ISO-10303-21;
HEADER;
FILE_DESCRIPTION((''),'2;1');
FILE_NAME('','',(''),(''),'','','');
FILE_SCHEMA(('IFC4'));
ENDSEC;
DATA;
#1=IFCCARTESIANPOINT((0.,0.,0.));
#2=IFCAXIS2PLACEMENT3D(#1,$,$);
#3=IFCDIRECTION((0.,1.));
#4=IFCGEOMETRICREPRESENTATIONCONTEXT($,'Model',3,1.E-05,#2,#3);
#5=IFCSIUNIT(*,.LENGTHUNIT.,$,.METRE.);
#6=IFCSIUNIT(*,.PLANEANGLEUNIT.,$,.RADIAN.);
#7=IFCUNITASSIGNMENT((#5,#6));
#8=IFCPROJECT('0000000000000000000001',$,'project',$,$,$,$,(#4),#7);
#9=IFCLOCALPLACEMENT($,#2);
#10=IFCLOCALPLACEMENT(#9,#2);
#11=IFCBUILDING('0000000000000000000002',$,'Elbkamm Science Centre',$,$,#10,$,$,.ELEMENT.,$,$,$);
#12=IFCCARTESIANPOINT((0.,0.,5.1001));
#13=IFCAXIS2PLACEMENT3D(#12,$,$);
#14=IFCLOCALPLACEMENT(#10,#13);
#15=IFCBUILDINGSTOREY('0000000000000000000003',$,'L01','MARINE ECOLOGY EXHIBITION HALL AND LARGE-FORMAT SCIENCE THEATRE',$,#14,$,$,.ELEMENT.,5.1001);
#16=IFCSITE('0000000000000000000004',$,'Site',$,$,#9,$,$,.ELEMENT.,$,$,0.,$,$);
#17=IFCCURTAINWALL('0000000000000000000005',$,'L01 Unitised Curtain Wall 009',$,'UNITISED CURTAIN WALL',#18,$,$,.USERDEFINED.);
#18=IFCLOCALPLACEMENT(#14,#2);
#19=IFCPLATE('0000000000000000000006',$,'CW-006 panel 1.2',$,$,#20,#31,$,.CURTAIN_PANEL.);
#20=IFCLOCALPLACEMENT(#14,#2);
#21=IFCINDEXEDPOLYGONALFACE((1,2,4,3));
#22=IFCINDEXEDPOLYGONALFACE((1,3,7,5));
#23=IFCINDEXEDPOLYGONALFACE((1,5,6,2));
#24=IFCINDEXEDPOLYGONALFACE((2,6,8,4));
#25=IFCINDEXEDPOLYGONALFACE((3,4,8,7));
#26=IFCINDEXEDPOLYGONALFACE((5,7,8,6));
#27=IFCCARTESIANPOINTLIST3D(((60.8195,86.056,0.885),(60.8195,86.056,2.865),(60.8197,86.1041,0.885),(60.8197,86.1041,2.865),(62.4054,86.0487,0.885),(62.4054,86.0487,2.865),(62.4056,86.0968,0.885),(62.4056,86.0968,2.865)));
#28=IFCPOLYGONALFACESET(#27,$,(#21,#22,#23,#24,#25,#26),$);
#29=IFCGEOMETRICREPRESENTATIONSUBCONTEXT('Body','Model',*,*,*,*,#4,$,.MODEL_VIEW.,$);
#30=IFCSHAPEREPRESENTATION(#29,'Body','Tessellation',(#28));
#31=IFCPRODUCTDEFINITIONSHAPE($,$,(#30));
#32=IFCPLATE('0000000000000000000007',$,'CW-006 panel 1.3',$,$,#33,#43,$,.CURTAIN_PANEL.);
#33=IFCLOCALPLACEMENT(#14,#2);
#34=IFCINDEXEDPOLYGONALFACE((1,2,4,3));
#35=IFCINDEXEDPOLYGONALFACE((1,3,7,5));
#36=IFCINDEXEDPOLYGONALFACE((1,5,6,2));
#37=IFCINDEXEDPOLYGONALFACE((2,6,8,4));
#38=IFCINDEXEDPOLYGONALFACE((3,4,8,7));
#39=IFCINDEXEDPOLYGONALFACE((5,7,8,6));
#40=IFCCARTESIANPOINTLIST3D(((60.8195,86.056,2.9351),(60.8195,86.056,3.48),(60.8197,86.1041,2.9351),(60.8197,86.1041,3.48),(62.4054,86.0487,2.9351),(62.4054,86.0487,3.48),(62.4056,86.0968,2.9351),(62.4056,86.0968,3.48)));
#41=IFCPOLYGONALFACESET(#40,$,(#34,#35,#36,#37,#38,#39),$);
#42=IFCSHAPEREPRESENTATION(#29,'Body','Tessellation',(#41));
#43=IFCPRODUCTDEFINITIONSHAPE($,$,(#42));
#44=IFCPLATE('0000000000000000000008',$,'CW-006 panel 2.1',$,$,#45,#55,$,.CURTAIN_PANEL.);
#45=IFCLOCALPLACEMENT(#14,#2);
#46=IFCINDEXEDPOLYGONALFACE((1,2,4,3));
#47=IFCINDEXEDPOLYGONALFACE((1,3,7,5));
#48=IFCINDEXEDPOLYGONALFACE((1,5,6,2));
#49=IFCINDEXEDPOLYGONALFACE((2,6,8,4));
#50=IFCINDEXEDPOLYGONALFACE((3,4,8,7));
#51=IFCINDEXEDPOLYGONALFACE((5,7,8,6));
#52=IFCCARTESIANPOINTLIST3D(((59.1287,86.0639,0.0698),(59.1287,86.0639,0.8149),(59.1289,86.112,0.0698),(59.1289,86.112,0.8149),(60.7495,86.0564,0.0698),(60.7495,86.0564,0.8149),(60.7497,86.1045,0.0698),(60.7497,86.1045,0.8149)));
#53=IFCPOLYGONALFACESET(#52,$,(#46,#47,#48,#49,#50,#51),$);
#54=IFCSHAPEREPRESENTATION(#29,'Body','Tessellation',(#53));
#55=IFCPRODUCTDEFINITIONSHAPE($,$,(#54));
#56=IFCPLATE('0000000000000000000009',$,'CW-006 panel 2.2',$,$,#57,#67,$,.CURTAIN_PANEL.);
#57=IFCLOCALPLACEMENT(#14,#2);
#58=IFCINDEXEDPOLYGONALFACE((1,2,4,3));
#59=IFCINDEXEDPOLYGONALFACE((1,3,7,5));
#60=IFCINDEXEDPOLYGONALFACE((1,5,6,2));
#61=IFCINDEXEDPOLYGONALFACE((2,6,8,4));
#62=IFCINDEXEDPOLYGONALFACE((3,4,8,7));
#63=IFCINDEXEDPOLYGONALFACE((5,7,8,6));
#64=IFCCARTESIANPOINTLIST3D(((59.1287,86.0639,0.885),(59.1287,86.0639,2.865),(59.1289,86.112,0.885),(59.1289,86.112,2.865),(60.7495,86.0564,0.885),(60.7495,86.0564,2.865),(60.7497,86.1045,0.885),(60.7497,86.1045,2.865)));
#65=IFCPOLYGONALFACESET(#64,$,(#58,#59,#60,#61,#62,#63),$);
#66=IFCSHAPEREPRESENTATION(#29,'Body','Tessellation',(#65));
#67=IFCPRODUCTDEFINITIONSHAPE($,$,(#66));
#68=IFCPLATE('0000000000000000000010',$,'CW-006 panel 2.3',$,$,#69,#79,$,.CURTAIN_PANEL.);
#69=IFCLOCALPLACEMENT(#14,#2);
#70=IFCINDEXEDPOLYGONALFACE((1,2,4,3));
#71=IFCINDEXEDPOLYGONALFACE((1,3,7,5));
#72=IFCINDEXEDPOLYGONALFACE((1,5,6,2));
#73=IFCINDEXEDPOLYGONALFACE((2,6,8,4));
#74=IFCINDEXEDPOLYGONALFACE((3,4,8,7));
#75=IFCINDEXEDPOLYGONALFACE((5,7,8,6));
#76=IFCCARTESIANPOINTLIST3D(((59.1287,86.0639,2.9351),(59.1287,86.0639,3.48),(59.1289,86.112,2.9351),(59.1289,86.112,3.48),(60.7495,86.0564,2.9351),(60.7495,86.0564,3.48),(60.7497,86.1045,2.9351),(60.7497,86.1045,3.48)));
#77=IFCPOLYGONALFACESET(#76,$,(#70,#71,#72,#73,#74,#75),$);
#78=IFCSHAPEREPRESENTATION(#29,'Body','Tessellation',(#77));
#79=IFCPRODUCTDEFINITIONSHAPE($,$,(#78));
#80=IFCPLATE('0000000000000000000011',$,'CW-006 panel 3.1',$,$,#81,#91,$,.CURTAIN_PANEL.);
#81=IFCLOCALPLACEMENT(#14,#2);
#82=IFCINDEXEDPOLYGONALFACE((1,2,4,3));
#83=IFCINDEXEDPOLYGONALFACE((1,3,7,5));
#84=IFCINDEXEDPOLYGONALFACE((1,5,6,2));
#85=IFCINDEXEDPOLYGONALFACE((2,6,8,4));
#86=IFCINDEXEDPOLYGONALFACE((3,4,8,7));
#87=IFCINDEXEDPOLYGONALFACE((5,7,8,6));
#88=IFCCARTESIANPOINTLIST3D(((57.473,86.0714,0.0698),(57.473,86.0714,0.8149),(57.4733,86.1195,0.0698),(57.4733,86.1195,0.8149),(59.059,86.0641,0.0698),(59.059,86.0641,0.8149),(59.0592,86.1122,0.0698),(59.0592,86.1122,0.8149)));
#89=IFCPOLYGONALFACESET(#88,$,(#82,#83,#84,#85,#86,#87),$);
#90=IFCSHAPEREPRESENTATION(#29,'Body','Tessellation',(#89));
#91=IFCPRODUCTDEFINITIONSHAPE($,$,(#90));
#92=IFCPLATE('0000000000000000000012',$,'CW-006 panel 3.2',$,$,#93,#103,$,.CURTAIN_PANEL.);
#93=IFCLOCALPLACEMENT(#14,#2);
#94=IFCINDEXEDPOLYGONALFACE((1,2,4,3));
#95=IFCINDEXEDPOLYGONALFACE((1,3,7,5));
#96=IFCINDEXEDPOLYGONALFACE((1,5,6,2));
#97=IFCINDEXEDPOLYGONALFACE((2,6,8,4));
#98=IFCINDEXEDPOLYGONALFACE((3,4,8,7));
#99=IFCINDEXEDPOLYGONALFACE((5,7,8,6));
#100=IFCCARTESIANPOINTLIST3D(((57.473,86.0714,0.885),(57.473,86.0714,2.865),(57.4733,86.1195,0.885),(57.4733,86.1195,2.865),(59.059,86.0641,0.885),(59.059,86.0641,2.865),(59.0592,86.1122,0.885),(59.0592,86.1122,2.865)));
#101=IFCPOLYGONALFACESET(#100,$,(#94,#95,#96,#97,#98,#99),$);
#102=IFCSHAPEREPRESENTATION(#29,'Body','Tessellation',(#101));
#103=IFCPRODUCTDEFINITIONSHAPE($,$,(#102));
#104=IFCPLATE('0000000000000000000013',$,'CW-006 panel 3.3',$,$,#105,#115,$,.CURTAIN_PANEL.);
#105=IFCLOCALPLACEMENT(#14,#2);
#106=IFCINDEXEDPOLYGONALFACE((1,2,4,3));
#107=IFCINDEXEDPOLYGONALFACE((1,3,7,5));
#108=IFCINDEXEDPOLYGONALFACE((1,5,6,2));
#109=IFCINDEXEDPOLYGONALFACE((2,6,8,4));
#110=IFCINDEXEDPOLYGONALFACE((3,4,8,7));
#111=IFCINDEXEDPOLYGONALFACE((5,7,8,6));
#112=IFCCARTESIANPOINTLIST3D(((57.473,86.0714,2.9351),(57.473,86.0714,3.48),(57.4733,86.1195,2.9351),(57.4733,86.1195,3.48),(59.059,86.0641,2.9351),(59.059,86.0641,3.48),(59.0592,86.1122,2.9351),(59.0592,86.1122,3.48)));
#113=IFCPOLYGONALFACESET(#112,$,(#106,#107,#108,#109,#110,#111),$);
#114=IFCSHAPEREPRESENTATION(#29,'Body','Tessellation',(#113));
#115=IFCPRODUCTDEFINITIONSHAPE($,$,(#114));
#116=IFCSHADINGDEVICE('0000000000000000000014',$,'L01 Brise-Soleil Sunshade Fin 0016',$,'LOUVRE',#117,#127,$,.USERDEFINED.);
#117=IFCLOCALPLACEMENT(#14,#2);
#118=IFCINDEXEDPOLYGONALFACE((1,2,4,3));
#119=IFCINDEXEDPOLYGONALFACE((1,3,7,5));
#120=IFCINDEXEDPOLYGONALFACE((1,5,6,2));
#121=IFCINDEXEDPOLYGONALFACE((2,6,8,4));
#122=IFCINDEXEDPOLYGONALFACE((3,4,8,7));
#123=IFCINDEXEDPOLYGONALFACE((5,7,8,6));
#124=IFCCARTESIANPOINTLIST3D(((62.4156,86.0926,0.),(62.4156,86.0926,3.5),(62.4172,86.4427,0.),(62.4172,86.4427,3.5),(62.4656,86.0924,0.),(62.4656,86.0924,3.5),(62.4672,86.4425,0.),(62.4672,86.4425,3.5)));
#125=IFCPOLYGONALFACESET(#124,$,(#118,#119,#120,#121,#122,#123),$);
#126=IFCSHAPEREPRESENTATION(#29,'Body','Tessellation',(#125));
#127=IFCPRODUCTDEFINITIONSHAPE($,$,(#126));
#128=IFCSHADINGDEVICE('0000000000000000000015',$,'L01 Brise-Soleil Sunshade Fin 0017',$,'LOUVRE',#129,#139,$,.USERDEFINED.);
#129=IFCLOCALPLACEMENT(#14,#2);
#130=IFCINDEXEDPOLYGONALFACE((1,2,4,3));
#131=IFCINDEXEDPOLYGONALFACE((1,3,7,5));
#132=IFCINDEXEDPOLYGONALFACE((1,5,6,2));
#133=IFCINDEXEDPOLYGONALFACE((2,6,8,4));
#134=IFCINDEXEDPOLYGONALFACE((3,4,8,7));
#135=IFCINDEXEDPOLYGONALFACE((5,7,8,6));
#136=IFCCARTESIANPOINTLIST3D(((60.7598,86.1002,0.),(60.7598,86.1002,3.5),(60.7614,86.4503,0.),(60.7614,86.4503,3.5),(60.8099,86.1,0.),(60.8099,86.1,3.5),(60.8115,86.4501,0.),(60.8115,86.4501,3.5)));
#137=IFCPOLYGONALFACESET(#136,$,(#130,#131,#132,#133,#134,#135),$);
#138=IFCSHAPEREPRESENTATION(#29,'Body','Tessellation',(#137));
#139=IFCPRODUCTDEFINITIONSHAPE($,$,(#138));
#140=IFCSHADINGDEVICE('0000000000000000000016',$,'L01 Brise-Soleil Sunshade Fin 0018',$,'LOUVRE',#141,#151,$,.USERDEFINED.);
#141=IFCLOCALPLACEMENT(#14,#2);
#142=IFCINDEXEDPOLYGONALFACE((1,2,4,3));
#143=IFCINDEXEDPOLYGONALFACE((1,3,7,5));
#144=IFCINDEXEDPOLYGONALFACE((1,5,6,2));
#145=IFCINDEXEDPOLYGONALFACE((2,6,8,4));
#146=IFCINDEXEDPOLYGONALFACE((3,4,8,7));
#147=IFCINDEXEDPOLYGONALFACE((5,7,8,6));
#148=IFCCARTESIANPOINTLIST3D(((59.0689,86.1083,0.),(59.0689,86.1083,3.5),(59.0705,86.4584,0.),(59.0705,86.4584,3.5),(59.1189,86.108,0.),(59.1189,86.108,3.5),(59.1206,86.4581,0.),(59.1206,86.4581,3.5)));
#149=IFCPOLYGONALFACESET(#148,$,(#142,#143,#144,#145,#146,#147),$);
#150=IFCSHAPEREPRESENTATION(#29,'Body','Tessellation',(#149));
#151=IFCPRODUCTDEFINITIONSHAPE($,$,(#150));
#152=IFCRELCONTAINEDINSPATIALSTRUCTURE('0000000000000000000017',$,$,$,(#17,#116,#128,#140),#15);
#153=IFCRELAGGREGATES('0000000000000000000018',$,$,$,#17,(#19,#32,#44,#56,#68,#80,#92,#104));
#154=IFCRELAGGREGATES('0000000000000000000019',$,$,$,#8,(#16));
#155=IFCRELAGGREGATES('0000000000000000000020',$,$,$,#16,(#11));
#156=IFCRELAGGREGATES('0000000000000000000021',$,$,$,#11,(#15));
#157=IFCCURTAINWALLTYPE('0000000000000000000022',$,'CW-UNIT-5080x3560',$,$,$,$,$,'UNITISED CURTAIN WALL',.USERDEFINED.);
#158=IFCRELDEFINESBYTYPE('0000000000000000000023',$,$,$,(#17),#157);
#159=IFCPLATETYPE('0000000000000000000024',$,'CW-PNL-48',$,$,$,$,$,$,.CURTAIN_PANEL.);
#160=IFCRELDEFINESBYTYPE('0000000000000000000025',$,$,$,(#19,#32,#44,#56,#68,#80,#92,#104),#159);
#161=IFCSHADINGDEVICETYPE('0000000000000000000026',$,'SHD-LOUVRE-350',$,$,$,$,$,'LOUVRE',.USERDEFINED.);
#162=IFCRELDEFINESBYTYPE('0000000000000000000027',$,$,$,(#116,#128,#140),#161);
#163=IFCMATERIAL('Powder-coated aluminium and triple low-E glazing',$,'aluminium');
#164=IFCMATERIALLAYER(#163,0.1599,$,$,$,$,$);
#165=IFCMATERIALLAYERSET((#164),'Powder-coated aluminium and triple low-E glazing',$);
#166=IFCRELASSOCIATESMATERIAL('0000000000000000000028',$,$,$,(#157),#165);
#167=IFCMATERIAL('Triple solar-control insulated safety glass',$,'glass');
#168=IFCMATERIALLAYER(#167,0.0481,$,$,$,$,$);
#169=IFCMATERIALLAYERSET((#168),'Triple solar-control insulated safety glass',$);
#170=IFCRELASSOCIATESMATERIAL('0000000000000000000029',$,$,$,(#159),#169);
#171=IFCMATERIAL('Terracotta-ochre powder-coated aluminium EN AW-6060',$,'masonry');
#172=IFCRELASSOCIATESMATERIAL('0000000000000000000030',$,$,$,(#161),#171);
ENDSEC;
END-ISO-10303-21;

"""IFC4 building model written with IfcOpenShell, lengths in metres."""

from ifc_helpers import new_model, si_unit, direction, frame, origin, origin_2d, place, context, subcontext, project, spatial, rectangle, extrude, material, layer, layer_set, type_object, element, aggregate, save


model = new_model("IFC4")

# Units and contexts
model_context = context("Model", 3, precision=1e-05, world=origin(), true_north=direction((0.0, 1.0)))
body_context = subcontext(model_context, "Body", "Model", "MODEL_VIEW")
ifc_project = project(units=[si_unit("LENGTHUNIT", "METRE"), si_unit("PLANEANGLEUNIT", "RADIAN")], contexts=[model_context])

# Site, building, storey
site_placement = place(None, origin())
site = spatial("IfcSite", under=ifc_project, at=site_placement, Name="Site", CompositionType="ELEMENT", RefElevation=0.0)
building_placement = place(site_placement, origin())
building = spatial("IfcBuilding", under=site, at=building_placement, Name="Elbkamm Science Centre", CompositionType="ELEMENT")
storey_placement = place(building_placement, frame((0.0, 0.0, 5.1001)))
storey = spatial("IfcBuildingStorey", under=building, at=storey_placement, Name="L01", Description="MARINE ECOLOGY EXHIBITION HALL AND LARGE-FORMAT SCIENCE THEATRE", CompositionType="ELEMENT", Elevation=5.1001)

# Shared definitions
ifc_material_1 = material(Name="Powder-coated aluminium and triple low-E glazing", Category="aluminium")
ifc_layer_1 = layer(ifc_material_1, 0.1599)
ifc_layer_set_1 = layer_set([ifc_layer_1], Name="Powder-coated aluminium and triple low-E glazing")
curtain_wall_type = type_object("IfcCurtainWallType", Name="CW-UNIT-5080x3560", ElementType="UNITISED CURTAIN WALL", PredefinedType="USERDEFINED", material=ifc_layer_set_1)

# Curtain wall
curtain_wall_1_placement = place(storey_placement, origin())
curtain_wall_1 = element("IfcCurtainWall", 1, at=curtain_wall_1_placement, inside=storey, type_object=curtain_wall_type, Name="L01 Unitised Curtain Wall 009", ObjectType="UNITISED CURTAIN WALL", PredefinedType="USERDEFINED")

# Plates
ifc_material_2 = material(Name="Triple solar-control insulated safety glass", Category="glass")
ifc_layer_2 = layer(ifc_material_2, 0.0481)
ifc_layer_set_2 = layer_set([ifc_layer_2], Name="Triple solar-control insulated safety glass")
plate_type = type_object("IfcPlateType", Name="CW-PNL-48", PredefinedType="CURTAIN_PANEL", material=ifc_layer_set_2)
plate_1_placement = place(storey_placement, frame((61.6125, 86.0764, 0.885), z_axis=(0.0, 0.0, 1.0), x_axis=(-0.999989, 0.004633, 0.0)))
plate_1 = element("IfcPlate", 2, at=plate_1_placement, type_object=plate_type, Name="CW-006 panel 1.2", PredefinedType="CURTAIN_PANEL", context=body_context, shape_type="SweptSolid", body=[
    extrude(rectangle(XDim=1.5859, YDim=0.0481, at=origin_2d()), origin(), (0.0, 0.0, 1.0), 1.98),
])
plate_2_placement = place(storey_placement, frame((61.6125, 86.0764, 2.9351), z_axis=(0.0, 0.0, 1.0), x_axis=(-0.999989, 0.004633, 0.0)))
plate_2 = element("IfcPlate", 3, at=plate_2_placement, type_object=plate_type, Name="CW-006 panel 1.3", PredefinedType="CURTAIN_PANEL", context=body_context, shape_type="SweptSolid", body=[
    extrude(rectangle(XDim=1.5859, YDim=0.0481, at=origin_2d()), origin(), (0.0, 0.0, 1.0), 0.5449),
])
plate_3_placement = place(storey_placement, frame((59.9392, 86.0842, 0.0698), z_axis=(0.0, 0.0, 1.0), x_axis=(-0.999989, 0.004633, 0.0)))
plate_3 = element("IfcPlate", 4, at=plate_3_placement, type_object=plate_type, Name="CW-006 panel 2.1", PredefinedType="CURTAIN_PANEL", context=body_context, shape_type="SweptSolid", body=[
    extrude(rectangle(XDim=1.6208, YDim=0.0481, at=origin_2d()), origin(), (0.0, 0.0, 1.0), 0.7451),
])
plate_4_placement = place(storey_placement, frame((59.9392, 86.0842, 0.885), z_axis=(0.0, 0.0, 1.0), x_axis=(-0.999989, 0.004633, 0.0)))
plate_4 = element("IfcPlate", 5, at=plate_4_placement, type_object=plate_type, Name="CW-006 panel 2.2", PredefinedType="CURTAIN_PANEL", context=body_context, shape_type="SweptSolid", body=[
    extrude(rectangle(XDim=1.6208, YDim=0.0481, at=origin_2d()), origin(), (0.0, 0.0, 1.0), 1.98),
])
plate_5_placement = place(storey_placement, frame((59.9392, 86.0842, 2.9351), z_axis=(0.0, 0.0, 1.0), x_axis=(-0.999989, 0.004633, 0.0)))
plate_5 = element("IfcPlate", 6, at=plate_5_placement, type_object=plate_type, Name="CW-006 panel 2.3", PredefinedType="CURTAIN_PANEL", context=body_context, shape_type="SweptSolid", body=[
    extrude(rectangle(XDim=1.6208, YDim=0.0481, at=origin_2d()), origin(), (0.0, 0.0, 1.0), 0.5449),
])
plate_6_placement = place(storey_placement, frame((58.2661, 86.0918, 0.0698), z_axis=(0.0, 0.0, 1.0), x_axis=(-0.999989, 0.004633, 0.0)))
plate_6 = element("IfcPlate", 7, at=plate_6_placement, type_object=plate_type, Name="CW-006 panel 3.1", PredefinedType="CURTAIN_PANEL", context=body_context, shape_type="SweptSolid", body=[
    extrude(rectangle(XDim=1.5859, YDim=0.0481, at=origin_2d()), origin(), (0.0, 0.0, 1.0), 0.7451),
])
plate_7_placement = place(storey_placement, frame((58.2661, 86.0918, 0.885), z_axis=(0.0, 0.0, 1.0), x_axis=(-0.999989, 0.004633, 0.0)))
plate_7 = element("IfcPlate", 8, at=plate_7_placement, type_object=plate_type, Name="CW-006 panel 3.2", PredefinedType="CURTAIN_PANEL", context=body_context, shape_type="SweptSolid", body=[
    extrude(rectangle(XDim=1.5859, YDim=0.0481, at=origin_2d()), origin(), (0.0, 0.0, 1.0), 1.98),
])
plate_8_placement = place(storey_placement, frame((58.2661, 86.0918, 2.9351), z_axis=(0.0, 0.0, 1.0), x_axis=(-0.999989, 0.004633, 0.0)))
plate_8 = element("IfcPlate", 9, at=plate_8_placement, type_object=plate_type, Name="CW-006 panel 3.3", PredefinedType="CURTAIN_PANEL", context=body_context, shape_type="SweptSolid", body=[
    extrude(rectangle(XDim=1.5859, YDim=0.0481, at=origin_2d()), origin(), (0.0, 0.0, 1.0), 0.5449),
])
aggregate(curtain_wall_1, [plate_1, plate_2, plate_3, plate_4, plate_5, plate_6, plate_7, plate_8])

# Shading devices
ifc_material_3 = material(Name="Terracotta-ochre powder-coated aluminium EN AW-6060", Category="masonry")
shading_device_type = type_object("IfcShadingDeviceType", Name="SHD-LOUVRE-350", ElementType="LOUVRE", PredefinedType="USERDEFINED", material=ifc_material_3)
for number, where, z_axis, x_axis, name in (
    (10, (62.4414, 86.2676, 0.0), (0.0, 0.0, 1.0), (0.004632, 0.999989, 0.0), "L01 Brise-Soleil Sunshade Fin 0016"),
    (11, (60.7856, 86.2751, 0.0), (0.0, 0.0, 1.0), (0.004632, 0.999989, 0.0), "L01 Brise-Soleil Sunshade Fin 0017"),
    (12, (59.0947, 86.2832, 0.0), (0.0, 0.0, 1.0), (0.004632, 0.999989, 0.0), "L01 Brise-Soleil Sunshade Fin 0018"),
):
    element("IfcShadingDevice", number, at=place(storey_placement, frame(where, z_axis=z_axis, x_axis=x_axis)), inside=storey, type_object=shading_device_type, Name=name, ObjectType="LOUVRE", PredefinedType="USERDEFINED", context=body_context, shape_type="SweptSolid", body=[
        extrude(rectangle(XDim=0.3501, YDim=0.05, at=origin_2d()), origin(), (0.0, 0.0, 1.0), 3.5),
    ])

save(model, "model.ifc")
